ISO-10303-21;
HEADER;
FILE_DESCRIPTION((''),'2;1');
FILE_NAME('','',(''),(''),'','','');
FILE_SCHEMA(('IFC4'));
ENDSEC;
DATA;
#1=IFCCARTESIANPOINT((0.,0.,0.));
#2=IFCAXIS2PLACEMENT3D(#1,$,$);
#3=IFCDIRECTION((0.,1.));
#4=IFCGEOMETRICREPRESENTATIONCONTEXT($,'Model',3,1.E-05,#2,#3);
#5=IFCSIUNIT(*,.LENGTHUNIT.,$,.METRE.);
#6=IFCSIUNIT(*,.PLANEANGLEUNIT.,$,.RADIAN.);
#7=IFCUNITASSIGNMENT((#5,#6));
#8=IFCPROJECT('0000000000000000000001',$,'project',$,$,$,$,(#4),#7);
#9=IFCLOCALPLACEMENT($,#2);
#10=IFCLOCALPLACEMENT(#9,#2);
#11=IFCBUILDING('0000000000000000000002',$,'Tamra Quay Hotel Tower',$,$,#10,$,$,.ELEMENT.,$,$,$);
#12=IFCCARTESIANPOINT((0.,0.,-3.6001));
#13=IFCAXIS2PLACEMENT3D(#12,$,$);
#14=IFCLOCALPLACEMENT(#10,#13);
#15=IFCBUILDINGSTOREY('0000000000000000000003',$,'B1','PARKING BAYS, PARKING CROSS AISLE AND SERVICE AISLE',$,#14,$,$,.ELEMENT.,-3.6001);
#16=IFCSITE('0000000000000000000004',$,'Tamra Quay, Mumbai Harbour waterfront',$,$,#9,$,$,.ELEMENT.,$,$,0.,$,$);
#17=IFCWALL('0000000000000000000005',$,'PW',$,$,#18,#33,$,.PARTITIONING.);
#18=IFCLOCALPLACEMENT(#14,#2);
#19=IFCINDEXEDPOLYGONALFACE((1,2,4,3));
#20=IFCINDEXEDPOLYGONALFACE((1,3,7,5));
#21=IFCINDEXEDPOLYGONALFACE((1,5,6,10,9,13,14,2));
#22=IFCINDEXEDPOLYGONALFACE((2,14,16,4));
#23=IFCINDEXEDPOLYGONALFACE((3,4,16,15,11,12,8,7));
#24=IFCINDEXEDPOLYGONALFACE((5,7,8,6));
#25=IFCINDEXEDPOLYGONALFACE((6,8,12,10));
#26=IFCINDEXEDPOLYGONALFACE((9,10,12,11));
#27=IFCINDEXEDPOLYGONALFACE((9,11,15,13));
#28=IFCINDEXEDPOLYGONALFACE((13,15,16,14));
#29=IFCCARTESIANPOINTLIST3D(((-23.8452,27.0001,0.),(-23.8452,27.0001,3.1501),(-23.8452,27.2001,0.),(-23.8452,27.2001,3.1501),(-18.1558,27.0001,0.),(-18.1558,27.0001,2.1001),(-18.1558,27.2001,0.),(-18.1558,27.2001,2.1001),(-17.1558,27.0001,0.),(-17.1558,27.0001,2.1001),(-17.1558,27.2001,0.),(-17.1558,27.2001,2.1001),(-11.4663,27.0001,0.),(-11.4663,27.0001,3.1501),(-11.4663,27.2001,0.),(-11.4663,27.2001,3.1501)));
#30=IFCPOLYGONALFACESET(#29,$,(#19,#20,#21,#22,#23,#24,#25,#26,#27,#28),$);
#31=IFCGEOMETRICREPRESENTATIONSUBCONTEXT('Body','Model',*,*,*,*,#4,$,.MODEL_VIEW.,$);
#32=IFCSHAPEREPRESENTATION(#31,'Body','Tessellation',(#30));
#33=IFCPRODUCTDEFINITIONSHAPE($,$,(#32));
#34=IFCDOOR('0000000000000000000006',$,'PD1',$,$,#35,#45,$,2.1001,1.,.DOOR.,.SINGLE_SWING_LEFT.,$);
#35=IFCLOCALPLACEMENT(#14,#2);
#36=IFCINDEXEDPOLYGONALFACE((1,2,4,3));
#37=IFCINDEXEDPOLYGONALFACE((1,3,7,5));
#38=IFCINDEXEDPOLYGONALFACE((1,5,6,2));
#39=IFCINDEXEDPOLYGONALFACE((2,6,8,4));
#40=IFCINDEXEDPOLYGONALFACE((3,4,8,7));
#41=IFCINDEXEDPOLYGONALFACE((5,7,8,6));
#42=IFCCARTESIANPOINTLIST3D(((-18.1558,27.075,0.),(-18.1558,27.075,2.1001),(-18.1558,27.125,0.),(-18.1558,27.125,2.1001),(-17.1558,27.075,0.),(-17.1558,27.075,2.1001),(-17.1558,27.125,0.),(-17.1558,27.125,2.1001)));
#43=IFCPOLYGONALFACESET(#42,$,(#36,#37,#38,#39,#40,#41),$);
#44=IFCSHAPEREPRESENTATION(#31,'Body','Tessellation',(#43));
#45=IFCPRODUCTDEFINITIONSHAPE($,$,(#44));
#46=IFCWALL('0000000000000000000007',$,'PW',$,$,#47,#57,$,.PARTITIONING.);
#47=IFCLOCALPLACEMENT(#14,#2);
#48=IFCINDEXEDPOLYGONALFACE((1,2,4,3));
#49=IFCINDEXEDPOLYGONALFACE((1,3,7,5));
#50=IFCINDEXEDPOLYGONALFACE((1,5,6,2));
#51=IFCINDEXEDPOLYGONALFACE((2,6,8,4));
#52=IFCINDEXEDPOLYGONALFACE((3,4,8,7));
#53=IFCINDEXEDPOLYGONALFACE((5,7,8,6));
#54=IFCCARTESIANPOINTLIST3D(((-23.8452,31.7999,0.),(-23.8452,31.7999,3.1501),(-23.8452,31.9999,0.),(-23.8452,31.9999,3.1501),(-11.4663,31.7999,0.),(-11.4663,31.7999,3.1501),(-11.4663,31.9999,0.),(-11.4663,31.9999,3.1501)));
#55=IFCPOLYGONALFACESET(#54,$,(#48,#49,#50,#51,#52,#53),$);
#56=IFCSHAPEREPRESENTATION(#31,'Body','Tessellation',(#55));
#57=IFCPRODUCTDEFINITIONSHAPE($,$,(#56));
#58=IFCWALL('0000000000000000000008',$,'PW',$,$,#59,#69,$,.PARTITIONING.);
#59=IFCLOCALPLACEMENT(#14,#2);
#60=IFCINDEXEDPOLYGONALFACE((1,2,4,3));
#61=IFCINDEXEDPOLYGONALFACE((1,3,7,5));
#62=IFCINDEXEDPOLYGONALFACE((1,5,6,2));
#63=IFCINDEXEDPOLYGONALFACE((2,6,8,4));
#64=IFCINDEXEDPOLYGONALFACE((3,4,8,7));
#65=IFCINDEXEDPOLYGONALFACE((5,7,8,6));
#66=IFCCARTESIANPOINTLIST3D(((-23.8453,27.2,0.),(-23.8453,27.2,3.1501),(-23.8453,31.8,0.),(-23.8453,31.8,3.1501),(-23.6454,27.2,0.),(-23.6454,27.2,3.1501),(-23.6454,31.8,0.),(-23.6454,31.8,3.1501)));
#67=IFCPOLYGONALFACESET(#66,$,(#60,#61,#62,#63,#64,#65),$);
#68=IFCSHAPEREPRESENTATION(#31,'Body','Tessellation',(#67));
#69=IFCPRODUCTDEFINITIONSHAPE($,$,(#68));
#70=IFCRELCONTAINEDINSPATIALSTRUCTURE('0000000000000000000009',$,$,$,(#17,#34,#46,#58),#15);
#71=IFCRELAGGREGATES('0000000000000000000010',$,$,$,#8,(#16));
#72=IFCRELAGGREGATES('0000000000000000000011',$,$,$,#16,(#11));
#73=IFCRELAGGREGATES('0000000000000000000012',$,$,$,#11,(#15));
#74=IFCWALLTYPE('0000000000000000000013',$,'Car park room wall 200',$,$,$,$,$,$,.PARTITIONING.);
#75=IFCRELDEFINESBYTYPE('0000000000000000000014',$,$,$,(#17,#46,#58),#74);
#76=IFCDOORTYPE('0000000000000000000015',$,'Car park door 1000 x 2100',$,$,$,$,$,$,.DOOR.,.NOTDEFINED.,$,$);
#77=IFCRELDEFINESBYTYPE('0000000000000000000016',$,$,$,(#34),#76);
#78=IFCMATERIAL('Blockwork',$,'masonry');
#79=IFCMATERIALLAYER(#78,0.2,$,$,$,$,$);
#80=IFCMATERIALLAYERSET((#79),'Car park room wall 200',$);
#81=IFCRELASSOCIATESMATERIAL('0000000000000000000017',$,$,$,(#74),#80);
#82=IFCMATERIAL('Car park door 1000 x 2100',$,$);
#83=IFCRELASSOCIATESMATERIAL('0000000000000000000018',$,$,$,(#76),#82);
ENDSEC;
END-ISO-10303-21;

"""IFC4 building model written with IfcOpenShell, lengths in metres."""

from ifc_helpers import new_model, si_unit, direction, frame, frame_2d, origin, place, context, subcontext, project, spatial, rectangle, extrude, material, layer, layer_set, type_object, element, fill, save


model = new_model("IFC4")

# Units and contexts
model_context = context("Model", 3, precision=1e-05, world=origin(), true_north=direction((0.0, 1.0)))
body_context = subcontext(model_context, "Body", "Model", "MODEL_VIEW")
ifc_project = project(units=[si_unit("LENGTHUNIT", "METRE"), si_unit("PLANEANGLEUNIT", "RADIAN")], contexts=[model_context])

# Site, building, storey
site_placement = place(None, origin())
site = spatial("IfcSite", under=ifc_project, at=site_placement, Name="Tamra Quay, Mumbai Harbour waterfront", CompositionType="ELEMENT", RefElevation=0.0)
building_placement = place(site_placement, origin())
building = spatial("IfcBuilding", under=site, at=building_placement, Name="Tamra Quay Hotel Tower", CompositionType="ELEMENT")
storey_placement = place(building_placement, frame((0.0, 0.0, -3.6001)))
storey = spatial("IfcBuildingStorey", under=building, at=storey_placement, Name="B1", Description="PARKING BAYS, PARKING CROSS AISLE AND SERVICE AISLE", CompositionType="ELEMENT", Elevation=-3.6001)

# Shared definitions
ifc_material_1 = material(Name="Blockwork", Category="masonry")
ifc_layer = layer(ifc_material_1, 0.2)
ifc_layer_set = layer_set([ifc_layer], Name="Car park room wall 200")
wall_type = type_object("IfcWallType", Name="Car park room wall 200", PredefinedType="PARTITIONING", material=ifc_layer_set)
ifc_material_2 = material(Name="Car park door 1000 x 2100")
door_type = type_object("IfcDoorType", Name="Car park door 1000 x 2100", OperationType="NOTDEFINED", PredefinedType="DOOR", material=ifc_material_2)

# Wall, opening, door
wall_1_placement = place(storey_placement, frame((-23.8452, 27.1001, 0.0), z_axis=(0.0, 0.0, 1.0), x_axis=(1.0, 0.0, 0.0)))
wall_1 = element("IfcWall", 1, at=wall_1_placement, inside=storey, type_object=wall_type, Name="PW", PredefinedType="PARTITIONING", context=body_context, shape_type="SweptSolid", body=[
    extrude(rectangle(XDim=12.3789, YDim=0.2, at=frame_2d((6.1895, 0.0))), origin(), (0.0, 0.0, 1.0), 3.1501),
])
opening_1_placement = place(wall_1_placement, frame((5.6895, 0.0, 0.0)))
opening_1 = element("IfcOpeningElement", 2, at=opening_1_placement, cuts=wall_1, PredefinedType="OPENING", context=body_context, shape_type="SweptSolid", body=[
    extrude(rectangle(XDim=1.0, YDim=2.1001, at=frame_2d((0.5, 1.05))), frame((0.0, 0.1099, 0.0), z_axis=(0.0, -1.0, 0.0), x_axis=(1.0, 0.0, 0.0)), (0.0, 0.0, 1.0), 0.22),
])
door_1_placement = place(opening_1_placement, origin())
door_1 = element("IfcDoor", 3, at=door_1_placement, inside=storey, type_object=door_type, Name="PD1", OperationType="SINGLE_SWING_LEFT", OverallHeight=2.1001, OverallWidth=1.0, PredefinedType="DOOR", context=body_context, shape_type="SweptSolid", body=[
    extrude(rectangle(XDim=1.0, YDim=2.1001, at=frame_2d((0.5, 1.05))), frame((0.0, 0.0249, 0.0), z_axis=(0.0, -1.0, 0.0), x_axis=(1.0, 0.0, 0.0)), (0.0, 0.0, 1.0), 0.05),
])
fill(opening_1, door_1)

# Walls
wall_2_placement = place(storey_placement, frame((-23.8452, 31.8999, 0.0), z_axis=(0.0, 0.0, 1.0), x_axis=(1.0, 0.0, 0.0)))
element("IfcWall", 4, at=wall_2_placement, inside=storey, type_object=wall_type, Name="PW", PredefinedType="PARTITIONING", context=body_context, shape_type="SweptSolid", body=[
    extrude(rectangle(XDim=12.3789, YDim=0.2, at=frame_2d((6.1895, 0.0))), origin(), (0.0, 0.0, 1.0), 3.1501),
])
wall_3_placement = place(storey_placement, frame((-23.7454, 27.2, 0.0), z_axis=(0.0, 0.0, 1.0), x_axis=(0.0, 1.0, 0.0)))
element("IfcWall", 5, at=wall_3_placement, inside=storey, type_object=wall_type, Name="PW", PredefinedType="PARTITIONING", context=body_context, shape_type="SweptSolid", body=[
    extrude(rectangle(XDim=4.6001, YDim=0.2, at=frame_2d((2.3, 0.0))), origin(), (0.0, 0.0, 1.0), 3.1501),
])

save(model, "model.ifc")
